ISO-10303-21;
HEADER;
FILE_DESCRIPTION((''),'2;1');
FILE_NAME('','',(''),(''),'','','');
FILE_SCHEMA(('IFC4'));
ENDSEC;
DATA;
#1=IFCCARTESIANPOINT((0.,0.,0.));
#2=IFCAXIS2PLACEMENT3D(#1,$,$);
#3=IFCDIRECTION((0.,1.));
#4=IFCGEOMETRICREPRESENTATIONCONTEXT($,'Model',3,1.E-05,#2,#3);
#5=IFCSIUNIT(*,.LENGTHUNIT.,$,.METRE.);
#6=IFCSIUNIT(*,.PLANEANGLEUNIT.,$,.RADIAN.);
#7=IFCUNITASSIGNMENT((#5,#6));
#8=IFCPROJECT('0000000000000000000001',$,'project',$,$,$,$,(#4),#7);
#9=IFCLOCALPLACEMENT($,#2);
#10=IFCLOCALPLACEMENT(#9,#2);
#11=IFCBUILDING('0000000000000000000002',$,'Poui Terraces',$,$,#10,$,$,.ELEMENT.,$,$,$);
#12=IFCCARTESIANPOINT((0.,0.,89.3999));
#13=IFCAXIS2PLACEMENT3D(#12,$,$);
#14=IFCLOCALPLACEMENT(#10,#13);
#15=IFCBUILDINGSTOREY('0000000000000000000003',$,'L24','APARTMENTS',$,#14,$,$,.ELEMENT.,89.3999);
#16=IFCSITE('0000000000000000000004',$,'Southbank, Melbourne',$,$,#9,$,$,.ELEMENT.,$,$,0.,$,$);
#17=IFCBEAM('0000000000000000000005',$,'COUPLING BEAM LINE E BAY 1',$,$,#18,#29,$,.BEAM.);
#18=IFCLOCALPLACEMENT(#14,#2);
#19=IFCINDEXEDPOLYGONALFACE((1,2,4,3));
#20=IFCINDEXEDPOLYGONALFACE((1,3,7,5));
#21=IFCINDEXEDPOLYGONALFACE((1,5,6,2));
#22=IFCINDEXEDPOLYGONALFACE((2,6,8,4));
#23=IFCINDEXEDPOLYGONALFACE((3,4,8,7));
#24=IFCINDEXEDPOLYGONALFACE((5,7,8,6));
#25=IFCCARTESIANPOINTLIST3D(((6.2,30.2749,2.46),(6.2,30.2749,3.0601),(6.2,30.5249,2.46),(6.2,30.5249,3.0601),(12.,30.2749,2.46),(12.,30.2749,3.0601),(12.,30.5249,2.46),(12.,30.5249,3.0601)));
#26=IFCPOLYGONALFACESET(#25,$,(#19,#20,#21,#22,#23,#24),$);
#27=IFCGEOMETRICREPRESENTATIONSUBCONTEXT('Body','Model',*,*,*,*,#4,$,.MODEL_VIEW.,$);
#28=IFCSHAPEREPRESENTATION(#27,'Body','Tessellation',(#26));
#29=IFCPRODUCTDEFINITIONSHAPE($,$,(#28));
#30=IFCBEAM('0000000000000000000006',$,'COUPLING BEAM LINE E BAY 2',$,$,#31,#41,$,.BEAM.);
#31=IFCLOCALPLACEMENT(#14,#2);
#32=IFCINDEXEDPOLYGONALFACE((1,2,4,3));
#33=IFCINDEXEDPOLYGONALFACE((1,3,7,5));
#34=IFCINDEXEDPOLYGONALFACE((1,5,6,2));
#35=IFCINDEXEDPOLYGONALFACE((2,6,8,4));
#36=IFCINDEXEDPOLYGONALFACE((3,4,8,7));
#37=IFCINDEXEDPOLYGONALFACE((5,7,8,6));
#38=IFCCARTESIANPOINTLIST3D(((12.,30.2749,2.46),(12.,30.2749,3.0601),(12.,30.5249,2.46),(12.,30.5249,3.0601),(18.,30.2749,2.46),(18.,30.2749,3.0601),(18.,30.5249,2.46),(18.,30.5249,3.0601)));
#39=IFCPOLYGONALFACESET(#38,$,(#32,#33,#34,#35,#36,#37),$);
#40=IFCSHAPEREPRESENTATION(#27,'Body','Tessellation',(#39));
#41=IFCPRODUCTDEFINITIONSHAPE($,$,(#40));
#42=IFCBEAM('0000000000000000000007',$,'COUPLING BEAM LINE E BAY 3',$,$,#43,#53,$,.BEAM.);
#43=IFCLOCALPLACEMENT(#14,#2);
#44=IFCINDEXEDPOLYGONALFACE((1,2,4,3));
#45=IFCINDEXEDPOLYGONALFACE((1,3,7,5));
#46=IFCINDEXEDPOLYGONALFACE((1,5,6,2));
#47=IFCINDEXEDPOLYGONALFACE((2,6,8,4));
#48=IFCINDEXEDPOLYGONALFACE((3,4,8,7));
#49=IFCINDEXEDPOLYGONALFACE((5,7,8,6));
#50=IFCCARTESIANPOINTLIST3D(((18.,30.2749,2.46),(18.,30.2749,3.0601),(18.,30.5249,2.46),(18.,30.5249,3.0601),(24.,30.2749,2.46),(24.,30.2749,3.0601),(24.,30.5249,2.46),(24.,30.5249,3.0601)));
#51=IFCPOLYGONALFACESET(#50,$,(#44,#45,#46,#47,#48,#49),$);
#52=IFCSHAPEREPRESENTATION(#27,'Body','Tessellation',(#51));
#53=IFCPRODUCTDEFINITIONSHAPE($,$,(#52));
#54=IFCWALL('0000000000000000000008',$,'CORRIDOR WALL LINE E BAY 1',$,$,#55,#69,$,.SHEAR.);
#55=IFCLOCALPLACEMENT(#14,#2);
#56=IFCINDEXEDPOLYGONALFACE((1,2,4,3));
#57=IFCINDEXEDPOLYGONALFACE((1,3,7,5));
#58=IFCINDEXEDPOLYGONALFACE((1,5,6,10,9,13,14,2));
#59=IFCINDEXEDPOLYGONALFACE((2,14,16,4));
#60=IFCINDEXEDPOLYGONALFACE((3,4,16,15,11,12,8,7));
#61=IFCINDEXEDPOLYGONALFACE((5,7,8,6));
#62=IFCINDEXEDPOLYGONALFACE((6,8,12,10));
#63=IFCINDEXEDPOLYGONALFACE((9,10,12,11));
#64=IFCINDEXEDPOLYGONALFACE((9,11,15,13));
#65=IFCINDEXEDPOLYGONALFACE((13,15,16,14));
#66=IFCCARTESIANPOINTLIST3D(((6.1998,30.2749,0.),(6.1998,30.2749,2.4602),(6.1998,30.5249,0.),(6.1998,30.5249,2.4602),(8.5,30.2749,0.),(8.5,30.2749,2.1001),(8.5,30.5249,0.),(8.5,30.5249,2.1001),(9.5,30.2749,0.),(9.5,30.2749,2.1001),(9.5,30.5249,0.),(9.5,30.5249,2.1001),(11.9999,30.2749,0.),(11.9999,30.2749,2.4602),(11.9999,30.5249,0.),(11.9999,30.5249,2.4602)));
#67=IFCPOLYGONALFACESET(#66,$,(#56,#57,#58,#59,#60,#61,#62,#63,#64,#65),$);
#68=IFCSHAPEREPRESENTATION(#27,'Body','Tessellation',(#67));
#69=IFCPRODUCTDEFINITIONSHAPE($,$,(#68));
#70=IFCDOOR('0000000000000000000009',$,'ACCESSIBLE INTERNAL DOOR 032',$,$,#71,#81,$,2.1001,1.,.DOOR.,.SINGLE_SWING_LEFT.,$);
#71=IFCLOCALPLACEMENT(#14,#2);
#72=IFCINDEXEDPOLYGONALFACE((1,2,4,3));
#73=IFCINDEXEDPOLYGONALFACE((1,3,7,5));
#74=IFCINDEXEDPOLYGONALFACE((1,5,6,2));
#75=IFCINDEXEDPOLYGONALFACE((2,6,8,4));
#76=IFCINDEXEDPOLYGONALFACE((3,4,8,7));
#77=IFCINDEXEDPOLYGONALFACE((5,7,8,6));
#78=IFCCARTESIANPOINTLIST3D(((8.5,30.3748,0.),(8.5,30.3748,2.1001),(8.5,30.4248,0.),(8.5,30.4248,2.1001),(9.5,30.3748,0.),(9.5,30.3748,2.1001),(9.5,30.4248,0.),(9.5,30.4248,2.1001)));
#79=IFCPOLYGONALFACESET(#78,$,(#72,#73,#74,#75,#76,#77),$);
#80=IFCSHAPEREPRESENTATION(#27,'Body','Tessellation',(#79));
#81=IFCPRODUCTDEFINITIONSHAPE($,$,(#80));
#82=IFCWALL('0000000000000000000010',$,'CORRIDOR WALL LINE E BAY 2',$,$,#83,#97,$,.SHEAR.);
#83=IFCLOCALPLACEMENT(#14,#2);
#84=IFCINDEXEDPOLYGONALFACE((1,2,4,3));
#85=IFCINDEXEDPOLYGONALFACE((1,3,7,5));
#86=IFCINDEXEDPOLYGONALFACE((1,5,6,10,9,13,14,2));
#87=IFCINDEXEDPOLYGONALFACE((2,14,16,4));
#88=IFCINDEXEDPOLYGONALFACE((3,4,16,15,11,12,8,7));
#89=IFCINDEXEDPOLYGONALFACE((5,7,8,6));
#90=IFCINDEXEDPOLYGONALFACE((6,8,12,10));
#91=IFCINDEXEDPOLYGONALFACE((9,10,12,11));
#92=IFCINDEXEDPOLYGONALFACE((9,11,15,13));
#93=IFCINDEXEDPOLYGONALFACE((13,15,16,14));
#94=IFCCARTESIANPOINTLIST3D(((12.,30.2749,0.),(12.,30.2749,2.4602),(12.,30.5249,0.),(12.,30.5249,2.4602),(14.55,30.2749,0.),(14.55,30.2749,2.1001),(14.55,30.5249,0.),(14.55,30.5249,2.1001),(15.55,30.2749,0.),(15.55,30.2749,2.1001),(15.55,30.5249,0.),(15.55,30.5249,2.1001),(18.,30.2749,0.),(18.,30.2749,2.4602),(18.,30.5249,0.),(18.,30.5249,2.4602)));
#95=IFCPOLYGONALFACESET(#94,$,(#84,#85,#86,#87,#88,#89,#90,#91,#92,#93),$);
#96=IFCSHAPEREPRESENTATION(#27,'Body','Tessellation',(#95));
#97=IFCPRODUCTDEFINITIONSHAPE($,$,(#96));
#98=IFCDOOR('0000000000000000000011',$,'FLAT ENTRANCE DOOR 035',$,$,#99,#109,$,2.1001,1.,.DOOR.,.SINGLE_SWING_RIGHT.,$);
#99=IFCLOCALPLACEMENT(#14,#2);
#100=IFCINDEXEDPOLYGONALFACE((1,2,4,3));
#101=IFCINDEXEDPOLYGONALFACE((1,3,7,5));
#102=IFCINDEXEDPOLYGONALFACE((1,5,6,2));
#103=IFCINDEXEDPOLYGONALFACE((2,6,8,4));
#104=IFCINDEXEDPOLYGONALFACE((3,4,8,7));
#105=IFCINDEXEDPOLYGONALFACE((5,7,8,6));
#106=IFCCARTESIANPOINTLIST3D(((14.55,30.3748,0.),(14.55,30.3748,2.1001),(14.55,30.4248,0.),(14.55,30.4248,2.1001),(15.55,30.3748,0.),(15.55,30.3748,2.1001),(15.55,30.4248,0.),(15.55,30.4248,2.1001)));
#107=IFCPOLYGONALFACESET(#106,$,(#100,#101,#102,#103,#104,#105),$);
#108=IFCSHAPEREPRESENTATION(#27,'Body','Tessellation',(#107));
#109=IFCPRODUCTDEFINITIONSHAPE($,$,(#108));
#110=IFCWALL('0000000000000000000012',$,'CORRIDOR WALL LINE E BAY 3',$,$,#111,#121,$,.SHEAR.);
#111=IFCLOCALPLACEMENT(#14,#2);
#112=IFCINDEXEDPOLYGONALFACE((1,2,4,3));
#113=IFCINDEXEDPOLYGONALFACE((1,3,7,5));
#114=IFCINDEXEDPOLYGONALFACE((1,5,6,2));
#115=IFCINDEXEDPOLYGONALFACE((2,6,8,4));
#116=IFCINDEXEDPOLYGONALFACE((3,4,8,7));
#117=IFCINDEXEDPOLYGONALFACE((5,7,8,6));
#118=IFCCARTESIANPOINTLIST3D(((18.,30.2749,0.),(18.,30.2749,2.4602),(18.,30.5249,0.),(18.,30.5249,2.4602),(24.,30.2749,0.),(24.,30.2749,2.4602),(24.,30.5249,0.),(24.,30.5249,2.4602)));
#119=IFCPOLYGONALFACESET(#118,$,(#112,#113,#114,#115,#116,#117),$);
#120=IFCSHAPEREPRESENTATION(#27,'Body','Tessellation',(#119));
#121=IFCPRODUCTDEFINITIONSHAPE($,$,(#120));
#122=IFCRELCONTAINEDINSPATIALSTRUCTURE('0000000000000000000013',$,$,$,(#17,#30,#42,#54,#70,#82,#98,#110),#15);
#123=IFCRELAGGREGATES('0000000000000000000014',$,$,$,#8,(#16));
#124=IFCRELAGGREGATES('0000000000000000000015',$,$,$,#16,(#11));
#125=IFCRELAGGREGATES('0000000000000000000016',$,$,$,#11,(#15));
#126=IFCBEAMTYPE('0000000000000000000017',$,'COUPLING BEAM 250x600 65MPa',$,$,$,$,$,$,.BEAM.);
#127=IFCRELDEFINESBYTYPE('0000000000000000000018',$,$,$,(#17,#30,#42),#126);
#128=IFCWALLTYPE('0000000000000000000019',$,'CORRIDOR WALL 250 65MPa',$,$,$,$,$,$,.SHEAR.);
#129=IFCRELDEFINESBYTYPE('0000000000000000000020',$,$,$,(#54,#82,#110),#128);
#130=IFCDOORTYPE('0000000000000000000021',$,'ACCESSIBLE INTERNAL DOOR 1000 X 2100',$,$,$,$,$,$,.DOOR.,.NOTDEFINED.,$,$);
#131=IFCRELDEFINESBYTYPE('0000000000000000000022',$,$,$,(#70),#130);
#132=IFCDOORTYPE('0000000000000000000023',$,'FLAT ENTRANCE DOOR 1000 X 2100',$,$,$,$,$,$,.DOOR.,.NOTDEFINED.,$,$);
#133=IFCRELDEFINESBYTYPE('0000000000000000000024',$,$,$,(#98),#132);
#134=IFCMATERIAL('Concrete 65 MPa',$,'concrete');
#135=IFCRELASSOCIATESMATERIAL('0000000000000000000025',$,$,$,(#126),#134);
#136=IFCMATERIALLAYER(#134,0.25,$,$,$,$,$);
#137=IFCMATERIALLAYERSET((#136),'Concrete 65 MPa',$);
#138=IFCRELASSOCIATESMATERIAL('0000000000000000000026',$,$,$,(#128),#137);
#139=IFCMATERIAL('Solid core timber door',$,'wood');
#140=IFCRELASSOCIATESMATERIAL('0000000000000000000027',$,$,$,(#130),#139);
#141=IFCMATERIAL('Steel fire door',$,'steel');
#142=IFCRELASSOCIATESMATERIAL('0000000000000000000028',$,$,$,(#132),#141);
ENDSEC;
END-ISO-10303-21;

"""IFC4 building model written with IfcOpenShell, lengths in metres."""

from ifc_helpers import new_model, si_unit, direction, frame, frame_2d, origin, origin_2d, place, context, subcontext, project, spatial, rectangle, extrude, source, transform, mapped, material, layer, layer_set, material_profile, profile_set, type_object, element, fill, save


model = new_model("IFC4")

# Units and contexts
model_context = context("Model", 3, precision=1e-05, world=origin(), true_north=direction((0.0, 1.0)))
body_context = subcontext(model_context, "Body", "Model", "MODEL_VIEW")
ifc_project = project(units=[si_unit("LENGTHUNIT", "METRE"), si_unit("PLANEANGLEUNIT", "RADIAN")], contexts=[model_context])

# Site, building, storey
site_placement = place(None, origin())
site = spatial("IfcSite", under=ifc_project, at=site_placement, Name="Southbank, Melbourne", CompositionType="ELEMENT", RefElevation=0.0)
building_placement = place(site_placement, origin())
building = spatial("IfcBuilding", under=site, at=building_placement, Name="Poui Terraces", CompositionType="ELEMENT")
storey_placement = place(building_placement, frame((0.0, 0.0, 89.3999)))
storey = spatial("IfcBuildingStorey", under=building, at=storey_placement, Name="L24", Description="APARTMENTS", CompositionType="ELEMENT", Elevation=89.3999)

# Beams
ifc_material_1 = material(Name="Concrete 65 MPa", Category="concrete")
ifc_material_profile = material_profile(ifc_material_1, rectangle(XDim=0.25, YDim=0.6001, at=origin_2d()), Name="RC 250x600")
ifc_profile_set = profile_set([ifc_material_profile], Name="Concrete 65 MPa")
beam_type = type_object("IfcBeamType", Name="COUPLING BEAM 250x600 65MPa", PredefinedType="BEAM", material=ifc_profile_set)
shared_shape_1 = source(origin(), body_context, "Body", "SweptSolid", [
    extrude(rectangle(XDim=0.25, YDim=0.6001, at=origin_2d()), origin(), (0.0, 0.0, 1.0), 5.8),
])
beam_placement = place(storey_placement, frame((6.2, 30.3999, 2.76), z_axis=(1.0, 0.0, 0.0), x_axis=(0.0, 1.0, 0.0)))
element("IfcBeam", 1, at=beam_placement, inside=storey, type_object=beam_type, Name="COUPLING BEAM LINE E BAY 1", PredefinedType="BEAM", context=body_context, shape_type="MappedRepresentation", body=[
    mapped(shared_shape_1, transform((0.0, 0.0, 0.0))),
])
shared_shape_2 = source(origin(), body_context, "Body", "SweptSolid", [
    extrude(rectangle(XDim=0.25, YDim=0.6001, at=origin_2d()), origin(), (0.0, 0.0, 1.0), 6.0),
])
for number, where, z_axis, x_axis, name in (
    (2, (12.0, 30.3999, 2.76), (1.0, 0.0, 0.0), (0.0, 1.0, 0.0), "COUPLING BEAM LINE E BAY 2"),
    (3, (18.0, 30.3999, 2.76), (1.0, 0.0, 0.0), (0.0, 1.0, 0.0), "COUPLING BEAM LINE E BAY 3"),
):
    element("IfcBeam", number, at=place(storey_placement, frame(where, z_axis=z_axis, x_axis=x_axis)), inside=storey, type_object=beam_type, Name=name, PredefinedType="BEAM", context=body_context, shape_type="MappedRepresentation", body=[
        mapped(shared_shape_2, transform((0.0, 0.0, 0.0))),
    ])

# Walls, openings, doors
ifc_layer = layer(ifc_material_1, 0.25)
ifc_layer_set = layer_set([ifc_layer], Name="Concrete 65 MPa")
wall_type = type_object("IfcWallType", Name="CORRIDOR WALL 250 65MPa", PredefinedType="SHEAR", material=ifc_layer_set)
wall_1_placement = place(storey_placement, frame((6.2, 30.3999, 0.0), z_axis=(0.0, 0.0, 1.0), x_axis=(1.0, 0.0, 0.0)))
wall_1 = element("IfcWall", 4, at=wall_1_placement, inside=storey, type_object=wall_type, Name="CORRIDOR WALL LINE E BAY 1", PredefinedType="SHEAR", context=body_context, shape_type="SweptSolid", body=[
    extrude(rectangle(XDim=5.8, YDim=0.25, at=frame_2d((2.8999, 0.0))), origin(), (0.0, 0.0, 1.0), 2.4602),
])
opening_1_placement = place(wall_1_placement, frame((2.3, 0.0, 0.0)))
opening_1 = element("IfcOpeningElement", 5, at=opening_1_placement, cuts=wall_1, PredefinedType="OPENING", context=body_context, shape_type="SweptSolid", body=[
    extrude(rectangle(XDim=1.0, YDim=2.1001, at=frame_2d((0.5, 1.05))), frame((0.0, 0.135, 0.0), z_axis=(0.0, -1.0, 0.0), x_axis=(1.0, 0.0, 0.0)), (0.0, 0.0, 1.0), 0.27),
])
ifc_material_2 = material(Name="Solid core timber door", Category="wood")
door_type_1 = type_object("IfcDoorType", Name="ACCESSIBLE INTERNAL DOOR 1000 X 2100", OperationType="NOTDEFINED", PredefinedType="DOOR", material=ifc_material_2)
door_1_placement = place(opening_1_placement, origin())
door_1 = element("IfcDoor", 6, at=door_1_placement, inside=storey, type_object=door_type_1, Name="ACCESSIBLE INTERNAL DOOR 032", OperationType="SINGLE_SWING_LEFT", OverallHeight=2.1001, OverallWidth=1.0, PredefinedType="DOOR", context=body_context, shape_type="SweptSolid", body=[
    extrude(rectangle(XDim=1.0, YDim=2.1001, at=frame_2d((0.5, 1.05))), frame((0.0, 0.0249, 0.0), z_axis=(0.0, -1.0, 0.0), x_axis=(1.0, 0.0, 0.0)), (0.0, 0.0, 1.0), 0.05),
])
fill(opening_1, door_1)
wall_2_placement = place(storey_placement, frame((12.0, 30.3999, 0.0), z_axis=(0.0, 0.0, 1.0), x_axis=(1.0, 0.0, 0.0)))
wall_2 = element("IfcWall", 7, at=wall_2_placement, inside=storey, type_object=wall_type, Name="CORRIDOR WALL LINE E BAY 2", PredefinedType="SHEAR", context=body_context, shape_type="SweptSolid", body=[
    extrude(rectangle(XDim=6.0, YDim=0.25, at=frame_2d((3.0, 0.0))), origin(), (0.0, 0.0, 1.0), 2.4602),
])
opening_2_placement = place(wall_2_placement, frame((2.55, 0.0, 0.0)))
opening_2 = element("IfcOpeningElement", 8, at=opening_2_placement, cuts=wall_2, PredefinedType="OPENING", context=body_context, shape_type="SweptSolid", body=[
    extrude(rectangle(XDim=1.0, YDim=2.1001, at=frame_2d((0.5, 1.05))), frame((0.0, 0.135, 0.0), z_axis=(0.0, -1.0, 0.0), x_axis=(1.0, 0.0, 0.0)), (0.0, 0.0, 1.0), 0.27),
])
ifc_material_3 = material(Name="Steel fire door", Category="steel")
door_type_2 = type_object("IfcDoorType", Name="FLAT ENTRANCE DOOR 1000 X 2100", OperationType="NOTDEFINED", PredefinedType="DOOR", material=ifc_material_3)
door_2_placement = place(opening_2_placement, origin())
door_2 = element("IfcDoor", 9, at=door_2_placement, inside=storey, type_object=door_type_2, Name="FLAT ENTRANCE DOOR 035", OperationType="SINGLE_SWING_RIGHT", OverallHeight=2.1001, OverallWidth=1.0, PredefinedType="DOOR", context=body_context, shape_type="SweptSolid", body=[
    extrude(rectangle(XDim=1.0, YDim=2.1001, at=frame_2d((0.5, 1.05))), frame((0.0, 0.0249, 0.0), z_axis=(0.0, -1.0, 0.0), x_axis=(1.0, 0.0, 0.0)), (0.0, 0.0, 1.0), 0.05),
])
fill(opening_2, door_2)

# Wall
wall_3_placement = place(storey_placement, frame((18.0, 30.3999, 0.0), z_axis=(0.0, 0.0, 1.0), x_axis=(1.0, 0.0, 0.0)))
element("IfcWall", 10, at=wall_3_placement, inside=storey, type_object=wall_type, Name="CORRIDOR WALL LINE E BAY 3", PredefinedType="SHEAR", context=body_context, shape_type="SweptSolid", body=[
    extrude(rectangle(XDim=6.0, YDim=0.25, at=frame_2d((3.0, 0.0))), origin(), (0.0, 0.0, 1.0), 2.4602),
])

save(model, "model.ifc")
